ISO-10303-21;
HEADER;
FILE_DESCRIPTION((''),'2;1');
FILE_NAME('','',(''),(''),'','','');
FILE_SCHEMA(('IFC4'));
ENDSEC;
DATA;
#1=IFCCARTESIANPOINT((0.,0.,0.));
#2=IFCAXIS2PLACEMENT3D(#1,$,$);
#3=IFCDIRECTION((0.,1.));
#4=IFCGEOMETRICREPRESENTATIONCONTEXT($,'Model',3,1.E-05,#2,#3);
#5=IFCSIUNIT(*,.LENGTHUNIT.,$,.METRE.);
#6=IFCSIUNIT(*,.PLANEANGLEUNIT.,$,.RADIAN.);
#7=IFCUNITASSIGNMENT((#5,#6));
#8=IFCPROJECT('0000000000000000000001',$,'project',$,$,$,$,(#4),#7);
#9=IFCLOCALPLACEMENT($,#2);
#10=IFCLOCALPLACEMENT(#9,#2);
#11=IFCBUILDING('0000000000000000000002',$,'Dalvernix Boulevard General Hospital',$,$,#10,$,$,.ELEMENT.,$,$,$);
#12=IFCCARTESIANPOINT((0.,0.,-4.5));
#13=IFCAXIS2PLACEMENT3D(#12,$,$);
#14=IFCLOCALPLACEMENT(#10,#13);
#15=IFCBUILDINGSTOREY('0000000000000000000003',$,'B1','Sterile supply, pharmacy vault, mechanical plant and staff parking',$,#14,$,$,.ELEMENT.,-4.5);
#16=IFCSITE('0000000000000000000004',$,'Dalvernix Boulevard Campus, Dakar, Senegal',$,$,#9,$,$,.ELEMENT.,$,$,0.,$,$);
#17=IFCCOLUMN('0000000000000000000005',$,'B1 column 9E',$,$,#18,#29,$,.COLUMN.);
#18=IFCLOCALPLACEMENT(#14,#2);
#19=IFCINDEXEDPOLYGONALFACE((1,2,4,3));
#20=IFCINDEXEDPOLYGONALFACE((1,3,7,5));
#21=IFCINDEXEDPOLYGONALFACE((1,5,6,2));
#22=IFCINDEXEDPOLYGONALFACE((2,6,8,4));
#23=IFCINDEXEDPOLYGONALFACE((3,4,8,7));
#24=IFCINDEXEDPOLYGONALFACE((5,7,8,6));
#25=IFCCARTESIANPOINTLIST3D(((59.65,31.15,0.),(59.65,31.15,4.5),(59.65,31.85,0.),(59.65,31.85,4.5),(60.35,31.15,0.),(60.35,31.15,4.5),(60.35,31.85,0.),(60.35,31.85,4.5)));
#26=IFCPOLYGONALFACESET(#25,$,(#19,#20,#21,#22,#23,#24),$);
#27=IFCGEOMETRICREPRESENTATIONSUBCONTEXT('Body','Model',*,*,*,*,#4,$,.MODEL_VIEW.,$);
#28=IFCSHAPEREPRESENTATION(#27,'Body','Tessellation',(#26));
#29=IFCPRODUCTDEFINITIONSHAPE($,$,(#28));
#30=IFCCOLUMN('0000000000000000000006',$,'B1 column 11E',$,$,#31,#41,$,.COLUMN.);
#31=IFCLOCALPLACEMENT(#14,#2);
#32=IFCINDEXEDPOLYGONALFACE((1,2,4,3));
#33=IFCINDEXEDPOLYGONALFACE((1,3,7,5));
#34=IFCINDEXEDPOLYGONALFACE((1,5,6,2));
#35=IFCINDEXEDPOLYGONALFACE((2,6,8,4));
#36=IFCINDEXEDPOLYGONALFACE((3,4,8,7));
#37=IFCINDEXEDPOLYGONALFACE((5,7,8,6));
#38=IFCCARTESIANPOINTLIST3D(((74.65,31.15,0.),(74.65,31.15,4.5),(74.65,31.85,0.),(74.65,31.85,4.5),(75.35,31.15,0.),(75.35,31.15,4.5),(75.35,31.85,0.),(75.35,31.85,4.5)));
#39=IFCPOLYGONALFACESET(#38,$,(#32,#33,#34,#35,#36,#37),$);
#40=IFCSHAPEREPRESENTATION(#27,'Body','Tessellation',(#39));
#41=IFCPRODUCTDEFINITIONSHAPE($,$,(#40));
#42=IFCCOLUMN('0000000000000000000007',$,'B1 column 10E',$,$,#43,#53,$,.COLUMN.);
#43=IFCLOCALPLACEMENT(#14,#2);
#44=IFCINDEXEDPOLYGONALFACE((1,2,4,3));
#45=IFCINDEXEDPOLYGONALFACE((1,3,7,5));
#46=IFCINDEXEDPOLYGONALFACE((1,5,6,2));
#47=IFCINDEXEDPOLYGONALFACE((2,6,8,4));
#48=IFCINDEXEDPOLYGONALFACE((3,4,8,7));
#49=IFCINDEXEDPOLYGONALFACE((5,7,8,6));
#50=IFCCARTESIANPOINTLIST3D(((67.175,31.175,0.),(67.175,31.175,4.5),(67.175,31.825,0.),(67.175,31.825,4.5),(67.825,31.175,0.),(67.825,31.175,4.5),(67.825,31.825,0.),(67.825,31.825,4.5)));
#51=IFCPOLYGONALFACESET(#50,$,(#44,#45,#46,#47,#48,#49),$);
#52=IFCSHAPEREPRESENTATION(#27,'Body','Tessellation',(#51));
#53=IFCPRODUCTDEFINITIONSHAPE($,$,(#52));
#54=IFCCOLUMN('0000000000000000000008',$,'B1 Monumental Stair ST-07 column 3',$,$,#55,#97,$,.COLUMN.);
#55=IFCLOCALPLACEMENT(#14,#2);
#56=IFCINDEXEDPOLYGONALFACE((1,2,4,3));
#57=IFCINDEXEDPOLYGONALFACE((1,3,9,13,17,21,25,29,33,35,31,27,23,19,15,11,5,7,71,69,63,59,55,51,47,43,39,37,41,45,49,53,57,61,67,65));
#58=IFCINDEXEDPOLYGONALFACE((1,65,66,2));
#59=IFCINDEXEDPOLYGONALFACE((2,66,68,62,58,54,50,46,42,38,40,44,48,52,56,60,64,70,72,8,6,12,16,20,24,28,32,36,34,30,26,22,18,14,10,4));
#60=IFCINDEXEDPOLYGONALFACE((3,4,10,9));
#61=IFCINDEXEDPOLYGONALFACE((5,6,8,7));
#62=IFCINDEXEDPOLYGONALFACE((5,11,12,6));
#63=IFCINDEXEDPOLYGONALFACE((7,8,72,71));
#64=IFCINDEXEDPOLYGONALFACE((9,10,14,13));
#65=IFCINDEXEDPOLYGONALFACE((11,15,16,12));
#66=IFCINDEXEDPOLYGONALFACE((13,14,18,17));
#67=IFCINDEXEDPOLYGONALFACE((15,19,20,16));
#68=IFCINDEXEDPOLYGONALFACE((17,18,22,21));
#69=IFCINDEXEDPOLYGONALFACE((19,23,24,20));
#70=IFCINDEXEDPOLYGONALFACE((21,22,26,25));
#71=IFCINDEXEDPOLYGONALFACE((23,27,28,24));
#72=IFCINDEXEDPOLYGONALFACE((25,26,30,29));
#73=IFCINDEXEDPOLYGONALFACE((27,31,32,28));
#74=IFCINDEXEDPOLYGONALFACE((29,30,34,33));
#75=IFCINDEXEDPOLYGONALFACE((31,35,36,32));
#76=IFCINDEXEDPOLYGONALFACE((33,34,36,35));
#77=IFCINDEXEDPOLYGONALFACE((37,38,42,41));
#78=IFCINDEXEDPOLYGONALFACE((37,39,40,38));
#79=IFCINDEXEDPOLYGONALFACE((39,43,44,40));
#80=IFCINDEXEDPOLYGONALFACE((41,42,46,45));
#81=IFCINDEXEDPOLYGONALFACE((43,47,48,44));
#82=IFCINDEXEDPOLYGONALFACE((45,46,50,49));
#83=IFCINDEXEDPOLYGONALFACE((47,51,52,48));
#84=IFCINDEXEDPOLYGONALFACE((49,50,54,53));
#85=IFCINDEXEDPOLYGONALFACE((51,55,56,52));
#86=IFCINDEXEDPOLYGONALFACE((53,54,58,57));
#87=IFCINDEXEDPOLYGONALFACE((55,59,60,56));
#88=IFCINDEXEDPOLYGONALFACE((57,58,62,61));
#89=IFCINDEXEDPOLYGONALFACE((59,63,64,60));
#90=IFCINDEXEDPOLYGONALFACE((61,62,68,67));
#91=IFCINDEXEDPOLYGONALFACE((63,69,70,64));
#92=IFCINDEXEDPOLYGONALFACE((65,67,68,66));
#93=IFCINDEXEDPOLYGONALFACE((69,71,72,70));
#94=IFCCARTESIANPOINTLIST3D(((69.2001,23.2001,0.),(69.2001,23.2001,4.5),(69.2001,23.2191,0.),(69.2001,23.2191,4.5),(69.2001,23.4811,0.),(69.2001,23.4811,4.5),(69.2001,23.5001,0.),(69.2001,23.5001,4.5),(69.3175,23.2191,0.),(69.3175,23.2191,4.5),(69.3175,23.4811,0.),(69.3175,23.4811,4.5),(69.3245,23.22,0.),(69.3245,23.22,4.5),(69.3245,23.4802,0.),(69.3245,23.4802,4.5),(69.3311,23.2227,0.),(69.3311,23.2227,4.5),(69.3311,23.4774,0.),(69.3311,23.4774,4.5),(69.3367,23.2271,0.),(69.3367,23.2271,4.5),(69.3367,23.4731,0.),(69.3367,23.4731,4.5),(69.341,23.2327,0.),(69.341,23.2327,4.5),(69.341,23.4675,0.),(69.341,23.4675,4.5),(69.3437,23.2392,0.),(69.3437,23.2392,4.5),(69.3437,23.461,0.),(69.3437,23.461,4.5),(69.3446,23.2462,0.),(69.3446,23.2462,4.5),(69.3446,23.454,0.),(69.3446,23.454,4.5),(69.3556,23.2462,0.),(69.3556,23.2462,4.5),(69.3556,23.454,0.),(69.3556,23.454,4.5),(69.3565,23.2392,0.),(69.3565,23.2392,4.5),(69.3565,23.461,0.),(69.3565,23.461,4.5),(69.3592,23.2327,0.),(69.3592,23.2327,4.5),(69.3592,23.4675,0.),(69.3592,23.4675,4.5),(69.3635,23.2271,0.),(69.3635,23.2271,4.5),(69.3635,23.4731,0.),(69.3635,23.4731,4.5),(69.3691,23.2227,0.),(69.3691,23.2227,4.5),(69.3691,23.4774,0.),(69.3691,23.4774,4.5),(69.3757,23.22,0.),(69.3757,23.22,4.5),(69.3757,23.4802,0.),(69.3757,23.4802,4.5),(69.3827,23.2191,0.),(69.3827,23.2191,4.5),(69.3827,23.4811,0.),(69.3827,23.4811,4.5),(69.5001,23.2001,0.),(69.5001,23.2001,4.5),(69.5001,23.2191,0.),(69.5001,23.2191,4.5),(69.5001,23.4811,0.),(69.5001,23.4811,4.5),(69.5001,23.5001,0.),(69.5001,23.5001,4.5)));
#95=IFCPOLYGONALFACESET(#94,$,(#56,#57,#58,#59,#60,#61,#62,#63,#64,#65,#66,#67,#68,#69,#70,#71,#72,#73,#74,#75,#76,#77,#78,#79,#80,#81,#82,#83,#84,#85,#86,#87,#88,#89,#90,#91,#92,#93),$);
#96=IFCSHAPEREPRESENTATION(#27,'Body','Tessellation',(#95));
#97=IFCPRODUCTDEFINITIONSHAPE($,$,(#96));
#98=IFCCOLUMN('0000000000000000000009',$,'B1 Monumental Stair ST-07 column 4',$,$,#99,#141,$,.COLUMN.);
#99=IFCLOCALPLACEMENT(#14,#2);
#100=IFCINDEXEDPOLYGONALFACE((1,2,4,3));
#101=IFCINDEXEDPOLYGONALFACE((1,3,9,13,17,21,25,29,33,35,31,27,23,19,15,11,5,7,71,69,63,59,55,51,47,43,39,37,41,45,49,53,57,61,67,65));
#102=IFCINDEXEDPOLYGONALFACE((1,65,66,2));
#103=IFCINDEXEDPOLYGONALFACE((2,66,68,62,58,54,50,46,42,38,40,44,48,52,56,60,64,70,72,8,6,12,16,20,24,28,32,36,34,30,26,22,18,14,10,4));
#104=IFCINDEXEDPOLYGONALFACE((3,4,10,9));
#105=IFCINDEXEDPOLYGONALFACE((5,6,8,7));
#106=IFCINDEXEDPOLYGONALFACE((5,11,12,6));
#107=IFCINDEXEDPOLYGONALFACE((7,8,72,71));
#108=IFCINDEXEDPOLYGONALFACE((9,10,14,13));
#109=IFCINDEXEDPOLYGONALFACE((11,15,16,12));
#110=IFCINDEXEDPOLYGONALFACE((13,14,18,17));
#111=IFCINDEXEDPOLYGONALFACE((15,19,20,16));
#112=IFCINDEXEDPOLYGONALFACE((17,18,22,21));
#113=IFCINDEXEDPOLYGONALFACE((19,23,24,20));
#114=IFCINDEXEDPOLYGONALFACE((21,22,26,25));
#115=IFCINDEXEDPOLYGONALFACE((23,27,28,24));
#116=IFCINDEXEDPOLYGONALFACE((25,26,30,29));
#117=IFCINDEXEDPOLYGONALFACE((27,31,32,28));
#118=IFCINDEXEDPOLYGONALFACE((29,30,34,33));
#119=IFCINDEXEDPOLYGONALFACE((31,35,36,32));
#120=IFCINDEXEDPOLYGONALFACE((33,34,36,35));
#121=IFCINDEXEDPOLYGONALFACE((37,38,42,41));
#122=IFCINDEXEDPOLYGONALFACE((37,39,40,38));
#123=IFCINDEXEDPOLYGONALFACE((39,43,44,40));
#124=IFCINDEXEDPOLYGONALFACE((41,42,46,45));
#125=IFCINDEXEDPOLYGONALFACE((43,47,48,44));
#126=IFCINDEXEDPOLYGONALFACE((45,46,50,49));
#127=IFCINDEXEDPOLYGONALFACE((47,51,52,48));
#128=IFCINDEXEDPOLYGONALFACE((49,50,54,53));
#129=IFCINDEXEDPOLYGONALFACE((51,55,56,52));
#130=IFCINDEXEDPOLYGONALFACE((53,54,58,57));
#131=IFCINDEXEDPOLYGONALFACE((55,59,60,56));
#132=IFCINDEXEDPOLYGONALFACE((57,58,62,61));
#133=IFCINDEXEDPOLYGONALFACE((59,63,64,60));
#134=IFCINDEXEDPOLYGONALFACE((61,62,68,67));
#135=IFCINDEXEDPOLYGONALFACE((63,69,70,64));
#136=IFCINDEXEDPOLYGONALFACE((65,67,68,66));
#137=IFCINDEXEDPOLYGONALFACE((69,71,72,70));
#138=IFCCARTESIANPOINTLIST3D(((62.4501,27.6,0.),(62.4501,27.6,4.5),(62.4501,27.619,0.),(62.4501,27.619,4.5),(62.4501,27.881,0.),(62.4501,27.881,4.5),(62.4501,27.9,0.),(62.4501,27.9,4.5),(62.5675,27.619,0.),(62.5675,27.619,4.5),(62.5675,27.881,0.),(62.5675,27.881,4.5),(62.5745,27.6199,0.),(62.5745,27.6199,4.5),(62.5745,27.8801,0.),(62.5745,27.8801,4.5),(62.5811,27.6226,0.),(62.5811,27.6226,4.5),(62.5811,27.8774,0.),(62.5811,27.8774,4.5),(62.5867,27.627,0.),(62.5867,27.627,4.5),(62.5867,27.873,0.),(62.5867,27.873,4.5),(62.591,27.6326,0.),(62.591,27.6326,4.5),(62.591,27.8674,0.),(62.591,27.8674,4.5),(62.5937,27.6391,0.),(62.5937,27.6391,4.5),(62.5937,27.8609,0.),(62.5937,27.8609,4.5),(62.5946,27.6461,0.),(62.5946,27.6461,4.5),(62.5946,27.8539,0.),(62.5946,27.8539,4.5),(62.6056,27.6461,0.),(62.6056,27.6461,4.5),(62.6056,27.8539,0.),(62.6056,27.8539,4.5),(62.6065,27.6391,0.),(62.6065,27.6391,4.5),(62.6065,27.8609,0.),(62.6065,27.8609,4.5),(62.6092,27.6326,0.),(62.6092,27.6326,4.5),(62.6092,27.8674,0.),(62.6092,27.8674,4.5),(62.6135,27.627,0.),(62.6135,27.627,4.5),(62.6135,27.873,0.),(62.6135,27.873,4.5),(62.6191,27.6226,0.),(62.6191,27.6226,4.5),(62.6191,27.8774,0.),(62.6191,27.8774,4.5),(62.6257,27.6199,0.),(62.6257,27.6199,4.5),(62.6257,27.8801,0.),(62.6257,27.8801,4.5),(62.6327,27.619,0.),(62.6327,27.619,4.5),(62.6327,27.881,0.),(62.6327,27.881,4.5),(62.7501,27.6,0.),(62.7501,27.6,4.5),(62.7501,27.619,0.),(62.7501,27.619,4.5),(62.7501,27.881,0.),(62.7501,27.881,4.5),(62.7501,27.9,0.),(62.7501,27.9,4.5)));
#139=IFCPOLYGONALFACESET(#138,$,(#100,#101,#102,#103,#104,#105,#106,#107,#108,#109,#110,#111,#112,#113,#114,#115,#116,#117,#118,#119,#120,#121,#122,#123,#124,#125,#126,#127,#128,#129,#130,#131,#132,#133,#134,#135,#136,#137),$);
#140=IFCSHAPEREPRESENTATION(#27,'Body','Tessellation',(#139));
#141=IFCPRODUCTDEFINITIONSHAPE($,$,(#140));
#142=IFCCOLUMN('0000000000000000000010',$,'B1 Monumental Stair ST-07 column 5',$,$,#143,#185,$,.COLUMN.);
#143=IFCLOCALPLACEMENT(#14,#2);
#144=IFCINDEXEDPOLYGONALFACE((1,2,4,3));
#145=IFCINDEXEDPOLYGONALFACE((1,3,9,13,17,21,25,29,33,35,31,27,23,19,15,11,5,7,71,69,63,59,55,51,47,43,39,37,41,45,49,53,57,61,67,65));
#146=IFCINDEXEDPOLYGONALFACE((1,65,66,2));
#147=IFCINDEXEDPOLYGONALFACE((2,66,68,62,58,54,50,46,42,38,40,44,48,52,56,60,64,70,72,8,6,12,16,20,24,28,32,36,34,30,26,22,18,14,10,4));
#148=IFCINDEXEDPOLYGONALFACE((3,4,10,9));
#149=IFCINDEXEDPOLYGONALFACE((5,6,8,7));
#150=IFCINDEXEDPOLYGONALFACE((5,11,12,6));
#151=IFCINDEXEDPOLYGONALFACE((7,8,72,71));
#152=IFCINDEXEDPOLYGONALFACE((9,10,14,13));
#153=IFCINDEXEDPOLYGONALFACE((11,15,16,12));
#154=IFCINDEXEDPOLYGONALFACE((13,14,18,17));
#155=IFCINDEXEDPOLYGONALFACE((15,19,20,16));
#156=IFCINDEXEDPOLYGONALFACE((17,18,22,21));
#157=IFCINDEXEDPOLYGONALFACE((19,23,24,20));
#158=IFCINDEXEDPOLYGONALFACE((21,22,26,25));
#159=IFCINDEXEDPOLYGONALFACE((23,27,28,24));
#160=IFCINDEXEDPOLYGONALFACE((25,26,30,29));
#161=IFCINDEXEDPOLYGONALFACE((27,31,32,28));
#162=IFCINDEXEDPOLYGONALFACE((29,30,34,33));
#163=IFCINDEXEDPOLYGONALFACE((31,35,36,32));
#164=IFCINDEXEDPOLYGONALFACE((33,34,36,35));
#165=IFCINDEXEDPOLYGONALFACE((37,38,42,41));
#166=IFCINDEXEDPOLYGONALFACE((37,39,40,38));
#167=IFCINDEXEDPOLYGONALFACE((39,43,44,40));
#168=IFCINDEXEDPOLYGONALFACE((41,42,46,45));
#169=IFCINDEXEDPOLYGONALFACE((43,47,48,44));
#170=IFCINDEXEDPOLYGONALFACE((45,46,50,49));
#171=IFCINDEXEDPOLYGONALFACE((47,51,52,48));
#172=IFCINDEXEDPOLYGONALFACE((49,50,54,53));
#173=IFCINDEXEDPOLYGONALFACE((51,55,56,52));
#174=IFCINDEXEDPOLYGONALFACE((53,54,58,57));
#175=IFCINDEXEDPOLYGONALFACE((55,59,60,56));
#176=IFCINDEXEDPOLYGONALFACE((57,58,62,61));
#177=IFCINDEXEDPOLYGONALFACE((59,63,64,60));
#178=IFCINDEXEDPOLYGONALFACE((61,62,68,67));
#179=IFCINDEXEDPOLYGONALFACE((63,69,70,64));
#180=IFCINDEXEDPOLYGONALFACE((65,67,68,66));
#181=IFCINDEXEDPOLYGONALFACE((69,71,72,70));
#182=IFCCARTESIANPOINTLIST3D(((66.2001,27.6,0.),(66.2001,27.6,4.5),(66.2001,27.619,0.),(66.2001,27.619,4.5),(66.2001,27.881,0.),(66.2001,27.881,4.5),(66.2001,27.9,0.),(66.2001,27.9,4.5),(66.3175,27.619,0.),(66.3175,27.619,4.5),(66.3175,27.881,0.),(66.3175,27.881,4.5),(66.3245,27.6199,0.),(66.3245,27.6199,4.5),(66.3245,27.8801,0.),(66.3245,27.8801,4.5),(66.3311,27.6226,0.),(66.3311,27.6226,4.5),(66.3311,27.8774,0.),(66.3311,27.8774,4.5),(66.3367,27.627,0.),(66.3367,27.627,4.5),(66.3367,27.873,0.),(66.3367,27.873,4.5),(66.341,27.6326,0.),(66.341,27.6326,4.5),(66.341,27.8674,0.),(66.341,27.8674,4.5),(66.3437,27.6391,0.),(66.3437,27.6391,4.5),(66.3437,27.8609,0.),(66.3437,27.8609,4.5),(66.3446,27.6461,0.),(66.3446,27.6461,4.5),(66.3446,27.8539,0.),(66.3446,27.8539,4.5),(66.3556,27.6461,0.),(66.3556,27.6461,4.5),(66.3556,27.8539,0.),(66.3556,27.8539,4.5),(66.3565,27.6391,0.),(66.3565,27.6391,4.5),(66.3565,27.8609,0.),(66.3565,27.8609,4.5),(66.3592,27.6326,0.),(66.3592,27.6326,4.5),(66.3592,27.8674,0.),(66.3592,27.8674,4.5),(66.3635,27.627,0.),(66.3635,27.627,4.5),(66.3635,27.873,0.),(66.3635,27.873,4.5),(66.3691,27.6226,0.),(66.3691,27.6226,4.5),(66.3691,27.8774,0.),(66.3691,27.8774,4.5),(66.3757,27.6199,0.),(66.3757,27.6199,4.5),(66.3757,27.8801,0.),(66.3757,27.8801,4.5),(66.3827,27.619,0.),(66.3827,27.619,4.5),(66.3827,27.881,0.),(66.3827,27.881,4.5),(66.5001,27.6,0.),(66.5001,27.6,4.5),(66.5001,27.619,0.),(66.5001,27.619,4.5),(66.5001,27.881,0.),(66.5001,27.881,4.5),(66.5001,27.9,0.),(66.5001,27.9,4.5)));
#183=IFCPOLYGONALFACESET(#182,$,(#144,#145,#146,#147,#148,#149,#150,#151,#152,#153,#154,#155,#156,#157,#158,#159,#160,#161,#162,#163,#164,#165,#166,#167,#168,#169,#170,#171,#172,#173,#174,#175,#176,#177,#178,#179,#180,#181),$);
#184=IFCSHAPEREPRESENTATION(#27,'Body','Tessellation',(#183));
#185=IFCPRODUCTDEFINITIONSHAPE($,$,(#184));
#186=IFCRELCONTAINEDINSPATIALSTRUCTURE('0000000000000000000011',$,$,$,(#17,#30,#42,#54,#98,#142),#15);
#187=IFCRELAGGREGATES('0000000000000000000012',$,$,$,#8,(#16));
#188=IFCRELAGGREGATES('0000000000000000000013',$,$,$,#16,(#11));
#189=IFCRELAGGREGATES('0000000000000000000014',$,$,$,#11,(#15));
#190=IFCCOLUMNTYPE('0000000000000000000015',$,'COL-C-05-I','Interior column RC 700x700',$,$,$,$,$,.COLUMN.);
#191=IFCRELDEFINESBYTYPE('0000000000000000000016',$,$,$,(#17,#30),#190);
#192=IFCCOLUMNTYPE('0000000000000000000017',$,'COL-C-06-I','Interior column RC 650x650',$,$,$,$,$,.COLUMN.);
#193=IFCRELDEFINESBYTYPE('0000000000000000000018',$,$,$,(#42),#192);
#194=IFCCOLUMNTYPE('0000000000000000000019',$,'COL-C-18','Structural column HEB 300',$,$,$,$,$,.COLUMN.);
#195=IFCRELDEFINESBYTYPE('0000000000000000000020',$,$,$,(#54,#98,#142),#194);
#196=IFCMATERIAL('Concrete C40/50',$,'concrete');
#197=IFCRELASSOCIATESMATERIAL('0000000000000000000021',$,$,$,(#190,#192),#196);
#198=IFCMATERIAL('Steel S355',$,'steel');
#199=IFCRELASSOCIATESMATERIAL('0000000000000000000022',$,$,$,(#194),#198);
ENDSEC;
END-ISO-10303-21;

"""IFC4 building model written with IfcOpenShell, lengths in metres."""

from ifc_helpers import new_model, si_unit, direction, frame, origin, origin_2d, place, context, subcontext, project, spatial, rectangle, i_section, extrude, material, material_profile, profile_set, type_object, element, save


model = new_model("IFC4")

# Units and contexts
model_context = context("Model", 3, precision=1e-05, world=origin(), true_north=direction((0.0, 1.0)))
body_context = subcontext(model_context, "Body", "Model", "MODEL_VIEW")
ifc_project = project(units=[si_unit("LENGTHUNIT", "METRE"), si_unit("PLANEANGLEUNIT", "RADIAN")], contexts=[model_context])

# Site, building, storey
site_placement = place(None, origin())
site = spatial("IfcSite", under=ifc_project, at=site_placement, Name="Dalvernix Boulevard Campus, Dakar, Senegal", CompositionType="ELEMENT", RefElevation=0.0)
building_placement = place(site_placement, origin())
building = spatial("IfcBuilding", under=site, at=building_placement, Name="Dalvernix Boulevard General Hospital", CompositionType="ELEMENT")
storey_placement = place(building_placement, frame((0.0, 0.0, -4.5)))
storey = spatial("IfcBuildingStorey", under=building, at=storey_placement, Name="B1", Description="Sterile supply, pharmacy vault, mechanical plant and staff parking", CompositionType="ELEMENT", Elevation=-4.5)

# Shared definitions
ifc_material_1 = material(Name="Concrete C40/50", Category="concrete")

# Columns
ifc_material_profile_1 = material_profile(ifc_material_1, rectangle(XDim=0.7, YDim=0.7, at=origin_2d()), Name="RC 700x700")
ifc_profile_set_1 = profile_set([ifc_material_profile_1], Name="Concrete C40/50")
column_type_1 = type_object("IfcColumnType", Name="COL-C-05-I", Description="Interior column RC 700x700", PredefinedType="COLUMN", material=ifc_profile_set_1)
for number, where, z_axis, x_axis, name in (
    (1, (60.0, 31.5, 0.0), (0.0, 0.0, 1.0), (1.0, 0.0, 0.0), "B1 column 9E"),
    (2, (75.0, 31.5, 0.0), (0.0, 0.0, 1.0), (1.0, 0.0, 0.0), "B1 column 11E"),
):
    element("IfcColumn", number, at=place(storey_placement, frame(where, z_axis=z_axis, x_axis=x_axis)), inside=storey, type_object=column_type_1, Name=name, PredefinedType="COLUMN", context=body_context, shape_type="SweptSolid", body=[
        extrude(rectangle(XDim=0.7, YDim=0.7, at=origin_2d()), origin(), (0.0, 0.0, 1.0), 4.5),
    ])
ifc_material_profile_2 = material_profile(ifc_material_1, rectangle(XDim=0.6499, YDim=0.6499, at=origin_2d()), Name="RC 650x650")
ifc_profile_set_2 = profile_set([ifc_material_profile_2], Name="Concrete C40/50")
column_type_2 = type_object("IfcColumnType", Name="COL-C-06-I", Description="Interior column RC 650x650", PredefinedType="COLUMN", material=ifc_profile_set_2)
column_placement = place(storey_placement, frame((67.5, 31.5, 0.0), z_axis=(0.0, 0.0, 1.0), x_axis=(1.0, 0.0, 0.0)))
element("IfcColumn", 3, at=column_placement, inside=storey, type_object=column_type_2, Name="B1 column 10E", PredefinedType="COLUMN", context=body_context, shape_type="SweptSolid", body=[
    extrude(rectangle(XDim=0.6499, YDim=0.6499, at=origin_2d()), origin(), (0.0, 0.0, 1.0), 4.5),
])
ifc_material_2 = material(Name="Steel S355", Category="steel")
ifc_material_profile_3 = material_profile(ifc_material_2, i_section(OverallWidth=0.3, OverallDepth=0.3, WebThickness=0.011, FlangeThickness=0.019, FilletRadius=0.0271, at=origin_2d()), Name="HEB 300")
ifc_profile_set_3 = profile_set([ifc_material_profile_3], Name="Steel S355")
column_type_3 = type_object("IfcColumnType", Name="COL-C-18", Description="Structural column HEB 300", PredefinedType="COLUMN", material=ifc_profile_set_3)
for number, where, z_axis, x_axis, name in (
    (4, (69.3501, 23.3501, 0.0), (0.0, 0.0, 1.0), (1.0, 0.0, 0.0), "B1 Monumental Stair ST-07 column 3"),
    (5, (62.6001, 27.75, 0.0), (0.0, 0.0, 1.0), (1.0, 0.0, 0.0), "B1 Monumental Stair ST-07 column 4"),
    (6, (66.3501, 27.75, 0.0), (0.0, 0.0, 1.0), (1.0, 0.0, 0.0), "B1 Monumental Stair ST-07 column 5"),
):
    element("IfcColumn", number, at=place(storey_placement, frame(where, z_axis=z_axis, x_axis=x_axis)), inside=storey, type_object=column_type_3, Name=name, PredefinedType="COLUMN", context=body_context, shape_type="SweptSolid", body=[
        extrude(i_section(OverallWidth=0.3, OverallDepth=0.3, WebThickness=0.011, FlangeThickness=0.019, FilletRadius=0.0271, at=origin_2d()), origin(), (0.0, 0.0, 1.0), 4.5),
    ])

save(model, "model.ifc")
